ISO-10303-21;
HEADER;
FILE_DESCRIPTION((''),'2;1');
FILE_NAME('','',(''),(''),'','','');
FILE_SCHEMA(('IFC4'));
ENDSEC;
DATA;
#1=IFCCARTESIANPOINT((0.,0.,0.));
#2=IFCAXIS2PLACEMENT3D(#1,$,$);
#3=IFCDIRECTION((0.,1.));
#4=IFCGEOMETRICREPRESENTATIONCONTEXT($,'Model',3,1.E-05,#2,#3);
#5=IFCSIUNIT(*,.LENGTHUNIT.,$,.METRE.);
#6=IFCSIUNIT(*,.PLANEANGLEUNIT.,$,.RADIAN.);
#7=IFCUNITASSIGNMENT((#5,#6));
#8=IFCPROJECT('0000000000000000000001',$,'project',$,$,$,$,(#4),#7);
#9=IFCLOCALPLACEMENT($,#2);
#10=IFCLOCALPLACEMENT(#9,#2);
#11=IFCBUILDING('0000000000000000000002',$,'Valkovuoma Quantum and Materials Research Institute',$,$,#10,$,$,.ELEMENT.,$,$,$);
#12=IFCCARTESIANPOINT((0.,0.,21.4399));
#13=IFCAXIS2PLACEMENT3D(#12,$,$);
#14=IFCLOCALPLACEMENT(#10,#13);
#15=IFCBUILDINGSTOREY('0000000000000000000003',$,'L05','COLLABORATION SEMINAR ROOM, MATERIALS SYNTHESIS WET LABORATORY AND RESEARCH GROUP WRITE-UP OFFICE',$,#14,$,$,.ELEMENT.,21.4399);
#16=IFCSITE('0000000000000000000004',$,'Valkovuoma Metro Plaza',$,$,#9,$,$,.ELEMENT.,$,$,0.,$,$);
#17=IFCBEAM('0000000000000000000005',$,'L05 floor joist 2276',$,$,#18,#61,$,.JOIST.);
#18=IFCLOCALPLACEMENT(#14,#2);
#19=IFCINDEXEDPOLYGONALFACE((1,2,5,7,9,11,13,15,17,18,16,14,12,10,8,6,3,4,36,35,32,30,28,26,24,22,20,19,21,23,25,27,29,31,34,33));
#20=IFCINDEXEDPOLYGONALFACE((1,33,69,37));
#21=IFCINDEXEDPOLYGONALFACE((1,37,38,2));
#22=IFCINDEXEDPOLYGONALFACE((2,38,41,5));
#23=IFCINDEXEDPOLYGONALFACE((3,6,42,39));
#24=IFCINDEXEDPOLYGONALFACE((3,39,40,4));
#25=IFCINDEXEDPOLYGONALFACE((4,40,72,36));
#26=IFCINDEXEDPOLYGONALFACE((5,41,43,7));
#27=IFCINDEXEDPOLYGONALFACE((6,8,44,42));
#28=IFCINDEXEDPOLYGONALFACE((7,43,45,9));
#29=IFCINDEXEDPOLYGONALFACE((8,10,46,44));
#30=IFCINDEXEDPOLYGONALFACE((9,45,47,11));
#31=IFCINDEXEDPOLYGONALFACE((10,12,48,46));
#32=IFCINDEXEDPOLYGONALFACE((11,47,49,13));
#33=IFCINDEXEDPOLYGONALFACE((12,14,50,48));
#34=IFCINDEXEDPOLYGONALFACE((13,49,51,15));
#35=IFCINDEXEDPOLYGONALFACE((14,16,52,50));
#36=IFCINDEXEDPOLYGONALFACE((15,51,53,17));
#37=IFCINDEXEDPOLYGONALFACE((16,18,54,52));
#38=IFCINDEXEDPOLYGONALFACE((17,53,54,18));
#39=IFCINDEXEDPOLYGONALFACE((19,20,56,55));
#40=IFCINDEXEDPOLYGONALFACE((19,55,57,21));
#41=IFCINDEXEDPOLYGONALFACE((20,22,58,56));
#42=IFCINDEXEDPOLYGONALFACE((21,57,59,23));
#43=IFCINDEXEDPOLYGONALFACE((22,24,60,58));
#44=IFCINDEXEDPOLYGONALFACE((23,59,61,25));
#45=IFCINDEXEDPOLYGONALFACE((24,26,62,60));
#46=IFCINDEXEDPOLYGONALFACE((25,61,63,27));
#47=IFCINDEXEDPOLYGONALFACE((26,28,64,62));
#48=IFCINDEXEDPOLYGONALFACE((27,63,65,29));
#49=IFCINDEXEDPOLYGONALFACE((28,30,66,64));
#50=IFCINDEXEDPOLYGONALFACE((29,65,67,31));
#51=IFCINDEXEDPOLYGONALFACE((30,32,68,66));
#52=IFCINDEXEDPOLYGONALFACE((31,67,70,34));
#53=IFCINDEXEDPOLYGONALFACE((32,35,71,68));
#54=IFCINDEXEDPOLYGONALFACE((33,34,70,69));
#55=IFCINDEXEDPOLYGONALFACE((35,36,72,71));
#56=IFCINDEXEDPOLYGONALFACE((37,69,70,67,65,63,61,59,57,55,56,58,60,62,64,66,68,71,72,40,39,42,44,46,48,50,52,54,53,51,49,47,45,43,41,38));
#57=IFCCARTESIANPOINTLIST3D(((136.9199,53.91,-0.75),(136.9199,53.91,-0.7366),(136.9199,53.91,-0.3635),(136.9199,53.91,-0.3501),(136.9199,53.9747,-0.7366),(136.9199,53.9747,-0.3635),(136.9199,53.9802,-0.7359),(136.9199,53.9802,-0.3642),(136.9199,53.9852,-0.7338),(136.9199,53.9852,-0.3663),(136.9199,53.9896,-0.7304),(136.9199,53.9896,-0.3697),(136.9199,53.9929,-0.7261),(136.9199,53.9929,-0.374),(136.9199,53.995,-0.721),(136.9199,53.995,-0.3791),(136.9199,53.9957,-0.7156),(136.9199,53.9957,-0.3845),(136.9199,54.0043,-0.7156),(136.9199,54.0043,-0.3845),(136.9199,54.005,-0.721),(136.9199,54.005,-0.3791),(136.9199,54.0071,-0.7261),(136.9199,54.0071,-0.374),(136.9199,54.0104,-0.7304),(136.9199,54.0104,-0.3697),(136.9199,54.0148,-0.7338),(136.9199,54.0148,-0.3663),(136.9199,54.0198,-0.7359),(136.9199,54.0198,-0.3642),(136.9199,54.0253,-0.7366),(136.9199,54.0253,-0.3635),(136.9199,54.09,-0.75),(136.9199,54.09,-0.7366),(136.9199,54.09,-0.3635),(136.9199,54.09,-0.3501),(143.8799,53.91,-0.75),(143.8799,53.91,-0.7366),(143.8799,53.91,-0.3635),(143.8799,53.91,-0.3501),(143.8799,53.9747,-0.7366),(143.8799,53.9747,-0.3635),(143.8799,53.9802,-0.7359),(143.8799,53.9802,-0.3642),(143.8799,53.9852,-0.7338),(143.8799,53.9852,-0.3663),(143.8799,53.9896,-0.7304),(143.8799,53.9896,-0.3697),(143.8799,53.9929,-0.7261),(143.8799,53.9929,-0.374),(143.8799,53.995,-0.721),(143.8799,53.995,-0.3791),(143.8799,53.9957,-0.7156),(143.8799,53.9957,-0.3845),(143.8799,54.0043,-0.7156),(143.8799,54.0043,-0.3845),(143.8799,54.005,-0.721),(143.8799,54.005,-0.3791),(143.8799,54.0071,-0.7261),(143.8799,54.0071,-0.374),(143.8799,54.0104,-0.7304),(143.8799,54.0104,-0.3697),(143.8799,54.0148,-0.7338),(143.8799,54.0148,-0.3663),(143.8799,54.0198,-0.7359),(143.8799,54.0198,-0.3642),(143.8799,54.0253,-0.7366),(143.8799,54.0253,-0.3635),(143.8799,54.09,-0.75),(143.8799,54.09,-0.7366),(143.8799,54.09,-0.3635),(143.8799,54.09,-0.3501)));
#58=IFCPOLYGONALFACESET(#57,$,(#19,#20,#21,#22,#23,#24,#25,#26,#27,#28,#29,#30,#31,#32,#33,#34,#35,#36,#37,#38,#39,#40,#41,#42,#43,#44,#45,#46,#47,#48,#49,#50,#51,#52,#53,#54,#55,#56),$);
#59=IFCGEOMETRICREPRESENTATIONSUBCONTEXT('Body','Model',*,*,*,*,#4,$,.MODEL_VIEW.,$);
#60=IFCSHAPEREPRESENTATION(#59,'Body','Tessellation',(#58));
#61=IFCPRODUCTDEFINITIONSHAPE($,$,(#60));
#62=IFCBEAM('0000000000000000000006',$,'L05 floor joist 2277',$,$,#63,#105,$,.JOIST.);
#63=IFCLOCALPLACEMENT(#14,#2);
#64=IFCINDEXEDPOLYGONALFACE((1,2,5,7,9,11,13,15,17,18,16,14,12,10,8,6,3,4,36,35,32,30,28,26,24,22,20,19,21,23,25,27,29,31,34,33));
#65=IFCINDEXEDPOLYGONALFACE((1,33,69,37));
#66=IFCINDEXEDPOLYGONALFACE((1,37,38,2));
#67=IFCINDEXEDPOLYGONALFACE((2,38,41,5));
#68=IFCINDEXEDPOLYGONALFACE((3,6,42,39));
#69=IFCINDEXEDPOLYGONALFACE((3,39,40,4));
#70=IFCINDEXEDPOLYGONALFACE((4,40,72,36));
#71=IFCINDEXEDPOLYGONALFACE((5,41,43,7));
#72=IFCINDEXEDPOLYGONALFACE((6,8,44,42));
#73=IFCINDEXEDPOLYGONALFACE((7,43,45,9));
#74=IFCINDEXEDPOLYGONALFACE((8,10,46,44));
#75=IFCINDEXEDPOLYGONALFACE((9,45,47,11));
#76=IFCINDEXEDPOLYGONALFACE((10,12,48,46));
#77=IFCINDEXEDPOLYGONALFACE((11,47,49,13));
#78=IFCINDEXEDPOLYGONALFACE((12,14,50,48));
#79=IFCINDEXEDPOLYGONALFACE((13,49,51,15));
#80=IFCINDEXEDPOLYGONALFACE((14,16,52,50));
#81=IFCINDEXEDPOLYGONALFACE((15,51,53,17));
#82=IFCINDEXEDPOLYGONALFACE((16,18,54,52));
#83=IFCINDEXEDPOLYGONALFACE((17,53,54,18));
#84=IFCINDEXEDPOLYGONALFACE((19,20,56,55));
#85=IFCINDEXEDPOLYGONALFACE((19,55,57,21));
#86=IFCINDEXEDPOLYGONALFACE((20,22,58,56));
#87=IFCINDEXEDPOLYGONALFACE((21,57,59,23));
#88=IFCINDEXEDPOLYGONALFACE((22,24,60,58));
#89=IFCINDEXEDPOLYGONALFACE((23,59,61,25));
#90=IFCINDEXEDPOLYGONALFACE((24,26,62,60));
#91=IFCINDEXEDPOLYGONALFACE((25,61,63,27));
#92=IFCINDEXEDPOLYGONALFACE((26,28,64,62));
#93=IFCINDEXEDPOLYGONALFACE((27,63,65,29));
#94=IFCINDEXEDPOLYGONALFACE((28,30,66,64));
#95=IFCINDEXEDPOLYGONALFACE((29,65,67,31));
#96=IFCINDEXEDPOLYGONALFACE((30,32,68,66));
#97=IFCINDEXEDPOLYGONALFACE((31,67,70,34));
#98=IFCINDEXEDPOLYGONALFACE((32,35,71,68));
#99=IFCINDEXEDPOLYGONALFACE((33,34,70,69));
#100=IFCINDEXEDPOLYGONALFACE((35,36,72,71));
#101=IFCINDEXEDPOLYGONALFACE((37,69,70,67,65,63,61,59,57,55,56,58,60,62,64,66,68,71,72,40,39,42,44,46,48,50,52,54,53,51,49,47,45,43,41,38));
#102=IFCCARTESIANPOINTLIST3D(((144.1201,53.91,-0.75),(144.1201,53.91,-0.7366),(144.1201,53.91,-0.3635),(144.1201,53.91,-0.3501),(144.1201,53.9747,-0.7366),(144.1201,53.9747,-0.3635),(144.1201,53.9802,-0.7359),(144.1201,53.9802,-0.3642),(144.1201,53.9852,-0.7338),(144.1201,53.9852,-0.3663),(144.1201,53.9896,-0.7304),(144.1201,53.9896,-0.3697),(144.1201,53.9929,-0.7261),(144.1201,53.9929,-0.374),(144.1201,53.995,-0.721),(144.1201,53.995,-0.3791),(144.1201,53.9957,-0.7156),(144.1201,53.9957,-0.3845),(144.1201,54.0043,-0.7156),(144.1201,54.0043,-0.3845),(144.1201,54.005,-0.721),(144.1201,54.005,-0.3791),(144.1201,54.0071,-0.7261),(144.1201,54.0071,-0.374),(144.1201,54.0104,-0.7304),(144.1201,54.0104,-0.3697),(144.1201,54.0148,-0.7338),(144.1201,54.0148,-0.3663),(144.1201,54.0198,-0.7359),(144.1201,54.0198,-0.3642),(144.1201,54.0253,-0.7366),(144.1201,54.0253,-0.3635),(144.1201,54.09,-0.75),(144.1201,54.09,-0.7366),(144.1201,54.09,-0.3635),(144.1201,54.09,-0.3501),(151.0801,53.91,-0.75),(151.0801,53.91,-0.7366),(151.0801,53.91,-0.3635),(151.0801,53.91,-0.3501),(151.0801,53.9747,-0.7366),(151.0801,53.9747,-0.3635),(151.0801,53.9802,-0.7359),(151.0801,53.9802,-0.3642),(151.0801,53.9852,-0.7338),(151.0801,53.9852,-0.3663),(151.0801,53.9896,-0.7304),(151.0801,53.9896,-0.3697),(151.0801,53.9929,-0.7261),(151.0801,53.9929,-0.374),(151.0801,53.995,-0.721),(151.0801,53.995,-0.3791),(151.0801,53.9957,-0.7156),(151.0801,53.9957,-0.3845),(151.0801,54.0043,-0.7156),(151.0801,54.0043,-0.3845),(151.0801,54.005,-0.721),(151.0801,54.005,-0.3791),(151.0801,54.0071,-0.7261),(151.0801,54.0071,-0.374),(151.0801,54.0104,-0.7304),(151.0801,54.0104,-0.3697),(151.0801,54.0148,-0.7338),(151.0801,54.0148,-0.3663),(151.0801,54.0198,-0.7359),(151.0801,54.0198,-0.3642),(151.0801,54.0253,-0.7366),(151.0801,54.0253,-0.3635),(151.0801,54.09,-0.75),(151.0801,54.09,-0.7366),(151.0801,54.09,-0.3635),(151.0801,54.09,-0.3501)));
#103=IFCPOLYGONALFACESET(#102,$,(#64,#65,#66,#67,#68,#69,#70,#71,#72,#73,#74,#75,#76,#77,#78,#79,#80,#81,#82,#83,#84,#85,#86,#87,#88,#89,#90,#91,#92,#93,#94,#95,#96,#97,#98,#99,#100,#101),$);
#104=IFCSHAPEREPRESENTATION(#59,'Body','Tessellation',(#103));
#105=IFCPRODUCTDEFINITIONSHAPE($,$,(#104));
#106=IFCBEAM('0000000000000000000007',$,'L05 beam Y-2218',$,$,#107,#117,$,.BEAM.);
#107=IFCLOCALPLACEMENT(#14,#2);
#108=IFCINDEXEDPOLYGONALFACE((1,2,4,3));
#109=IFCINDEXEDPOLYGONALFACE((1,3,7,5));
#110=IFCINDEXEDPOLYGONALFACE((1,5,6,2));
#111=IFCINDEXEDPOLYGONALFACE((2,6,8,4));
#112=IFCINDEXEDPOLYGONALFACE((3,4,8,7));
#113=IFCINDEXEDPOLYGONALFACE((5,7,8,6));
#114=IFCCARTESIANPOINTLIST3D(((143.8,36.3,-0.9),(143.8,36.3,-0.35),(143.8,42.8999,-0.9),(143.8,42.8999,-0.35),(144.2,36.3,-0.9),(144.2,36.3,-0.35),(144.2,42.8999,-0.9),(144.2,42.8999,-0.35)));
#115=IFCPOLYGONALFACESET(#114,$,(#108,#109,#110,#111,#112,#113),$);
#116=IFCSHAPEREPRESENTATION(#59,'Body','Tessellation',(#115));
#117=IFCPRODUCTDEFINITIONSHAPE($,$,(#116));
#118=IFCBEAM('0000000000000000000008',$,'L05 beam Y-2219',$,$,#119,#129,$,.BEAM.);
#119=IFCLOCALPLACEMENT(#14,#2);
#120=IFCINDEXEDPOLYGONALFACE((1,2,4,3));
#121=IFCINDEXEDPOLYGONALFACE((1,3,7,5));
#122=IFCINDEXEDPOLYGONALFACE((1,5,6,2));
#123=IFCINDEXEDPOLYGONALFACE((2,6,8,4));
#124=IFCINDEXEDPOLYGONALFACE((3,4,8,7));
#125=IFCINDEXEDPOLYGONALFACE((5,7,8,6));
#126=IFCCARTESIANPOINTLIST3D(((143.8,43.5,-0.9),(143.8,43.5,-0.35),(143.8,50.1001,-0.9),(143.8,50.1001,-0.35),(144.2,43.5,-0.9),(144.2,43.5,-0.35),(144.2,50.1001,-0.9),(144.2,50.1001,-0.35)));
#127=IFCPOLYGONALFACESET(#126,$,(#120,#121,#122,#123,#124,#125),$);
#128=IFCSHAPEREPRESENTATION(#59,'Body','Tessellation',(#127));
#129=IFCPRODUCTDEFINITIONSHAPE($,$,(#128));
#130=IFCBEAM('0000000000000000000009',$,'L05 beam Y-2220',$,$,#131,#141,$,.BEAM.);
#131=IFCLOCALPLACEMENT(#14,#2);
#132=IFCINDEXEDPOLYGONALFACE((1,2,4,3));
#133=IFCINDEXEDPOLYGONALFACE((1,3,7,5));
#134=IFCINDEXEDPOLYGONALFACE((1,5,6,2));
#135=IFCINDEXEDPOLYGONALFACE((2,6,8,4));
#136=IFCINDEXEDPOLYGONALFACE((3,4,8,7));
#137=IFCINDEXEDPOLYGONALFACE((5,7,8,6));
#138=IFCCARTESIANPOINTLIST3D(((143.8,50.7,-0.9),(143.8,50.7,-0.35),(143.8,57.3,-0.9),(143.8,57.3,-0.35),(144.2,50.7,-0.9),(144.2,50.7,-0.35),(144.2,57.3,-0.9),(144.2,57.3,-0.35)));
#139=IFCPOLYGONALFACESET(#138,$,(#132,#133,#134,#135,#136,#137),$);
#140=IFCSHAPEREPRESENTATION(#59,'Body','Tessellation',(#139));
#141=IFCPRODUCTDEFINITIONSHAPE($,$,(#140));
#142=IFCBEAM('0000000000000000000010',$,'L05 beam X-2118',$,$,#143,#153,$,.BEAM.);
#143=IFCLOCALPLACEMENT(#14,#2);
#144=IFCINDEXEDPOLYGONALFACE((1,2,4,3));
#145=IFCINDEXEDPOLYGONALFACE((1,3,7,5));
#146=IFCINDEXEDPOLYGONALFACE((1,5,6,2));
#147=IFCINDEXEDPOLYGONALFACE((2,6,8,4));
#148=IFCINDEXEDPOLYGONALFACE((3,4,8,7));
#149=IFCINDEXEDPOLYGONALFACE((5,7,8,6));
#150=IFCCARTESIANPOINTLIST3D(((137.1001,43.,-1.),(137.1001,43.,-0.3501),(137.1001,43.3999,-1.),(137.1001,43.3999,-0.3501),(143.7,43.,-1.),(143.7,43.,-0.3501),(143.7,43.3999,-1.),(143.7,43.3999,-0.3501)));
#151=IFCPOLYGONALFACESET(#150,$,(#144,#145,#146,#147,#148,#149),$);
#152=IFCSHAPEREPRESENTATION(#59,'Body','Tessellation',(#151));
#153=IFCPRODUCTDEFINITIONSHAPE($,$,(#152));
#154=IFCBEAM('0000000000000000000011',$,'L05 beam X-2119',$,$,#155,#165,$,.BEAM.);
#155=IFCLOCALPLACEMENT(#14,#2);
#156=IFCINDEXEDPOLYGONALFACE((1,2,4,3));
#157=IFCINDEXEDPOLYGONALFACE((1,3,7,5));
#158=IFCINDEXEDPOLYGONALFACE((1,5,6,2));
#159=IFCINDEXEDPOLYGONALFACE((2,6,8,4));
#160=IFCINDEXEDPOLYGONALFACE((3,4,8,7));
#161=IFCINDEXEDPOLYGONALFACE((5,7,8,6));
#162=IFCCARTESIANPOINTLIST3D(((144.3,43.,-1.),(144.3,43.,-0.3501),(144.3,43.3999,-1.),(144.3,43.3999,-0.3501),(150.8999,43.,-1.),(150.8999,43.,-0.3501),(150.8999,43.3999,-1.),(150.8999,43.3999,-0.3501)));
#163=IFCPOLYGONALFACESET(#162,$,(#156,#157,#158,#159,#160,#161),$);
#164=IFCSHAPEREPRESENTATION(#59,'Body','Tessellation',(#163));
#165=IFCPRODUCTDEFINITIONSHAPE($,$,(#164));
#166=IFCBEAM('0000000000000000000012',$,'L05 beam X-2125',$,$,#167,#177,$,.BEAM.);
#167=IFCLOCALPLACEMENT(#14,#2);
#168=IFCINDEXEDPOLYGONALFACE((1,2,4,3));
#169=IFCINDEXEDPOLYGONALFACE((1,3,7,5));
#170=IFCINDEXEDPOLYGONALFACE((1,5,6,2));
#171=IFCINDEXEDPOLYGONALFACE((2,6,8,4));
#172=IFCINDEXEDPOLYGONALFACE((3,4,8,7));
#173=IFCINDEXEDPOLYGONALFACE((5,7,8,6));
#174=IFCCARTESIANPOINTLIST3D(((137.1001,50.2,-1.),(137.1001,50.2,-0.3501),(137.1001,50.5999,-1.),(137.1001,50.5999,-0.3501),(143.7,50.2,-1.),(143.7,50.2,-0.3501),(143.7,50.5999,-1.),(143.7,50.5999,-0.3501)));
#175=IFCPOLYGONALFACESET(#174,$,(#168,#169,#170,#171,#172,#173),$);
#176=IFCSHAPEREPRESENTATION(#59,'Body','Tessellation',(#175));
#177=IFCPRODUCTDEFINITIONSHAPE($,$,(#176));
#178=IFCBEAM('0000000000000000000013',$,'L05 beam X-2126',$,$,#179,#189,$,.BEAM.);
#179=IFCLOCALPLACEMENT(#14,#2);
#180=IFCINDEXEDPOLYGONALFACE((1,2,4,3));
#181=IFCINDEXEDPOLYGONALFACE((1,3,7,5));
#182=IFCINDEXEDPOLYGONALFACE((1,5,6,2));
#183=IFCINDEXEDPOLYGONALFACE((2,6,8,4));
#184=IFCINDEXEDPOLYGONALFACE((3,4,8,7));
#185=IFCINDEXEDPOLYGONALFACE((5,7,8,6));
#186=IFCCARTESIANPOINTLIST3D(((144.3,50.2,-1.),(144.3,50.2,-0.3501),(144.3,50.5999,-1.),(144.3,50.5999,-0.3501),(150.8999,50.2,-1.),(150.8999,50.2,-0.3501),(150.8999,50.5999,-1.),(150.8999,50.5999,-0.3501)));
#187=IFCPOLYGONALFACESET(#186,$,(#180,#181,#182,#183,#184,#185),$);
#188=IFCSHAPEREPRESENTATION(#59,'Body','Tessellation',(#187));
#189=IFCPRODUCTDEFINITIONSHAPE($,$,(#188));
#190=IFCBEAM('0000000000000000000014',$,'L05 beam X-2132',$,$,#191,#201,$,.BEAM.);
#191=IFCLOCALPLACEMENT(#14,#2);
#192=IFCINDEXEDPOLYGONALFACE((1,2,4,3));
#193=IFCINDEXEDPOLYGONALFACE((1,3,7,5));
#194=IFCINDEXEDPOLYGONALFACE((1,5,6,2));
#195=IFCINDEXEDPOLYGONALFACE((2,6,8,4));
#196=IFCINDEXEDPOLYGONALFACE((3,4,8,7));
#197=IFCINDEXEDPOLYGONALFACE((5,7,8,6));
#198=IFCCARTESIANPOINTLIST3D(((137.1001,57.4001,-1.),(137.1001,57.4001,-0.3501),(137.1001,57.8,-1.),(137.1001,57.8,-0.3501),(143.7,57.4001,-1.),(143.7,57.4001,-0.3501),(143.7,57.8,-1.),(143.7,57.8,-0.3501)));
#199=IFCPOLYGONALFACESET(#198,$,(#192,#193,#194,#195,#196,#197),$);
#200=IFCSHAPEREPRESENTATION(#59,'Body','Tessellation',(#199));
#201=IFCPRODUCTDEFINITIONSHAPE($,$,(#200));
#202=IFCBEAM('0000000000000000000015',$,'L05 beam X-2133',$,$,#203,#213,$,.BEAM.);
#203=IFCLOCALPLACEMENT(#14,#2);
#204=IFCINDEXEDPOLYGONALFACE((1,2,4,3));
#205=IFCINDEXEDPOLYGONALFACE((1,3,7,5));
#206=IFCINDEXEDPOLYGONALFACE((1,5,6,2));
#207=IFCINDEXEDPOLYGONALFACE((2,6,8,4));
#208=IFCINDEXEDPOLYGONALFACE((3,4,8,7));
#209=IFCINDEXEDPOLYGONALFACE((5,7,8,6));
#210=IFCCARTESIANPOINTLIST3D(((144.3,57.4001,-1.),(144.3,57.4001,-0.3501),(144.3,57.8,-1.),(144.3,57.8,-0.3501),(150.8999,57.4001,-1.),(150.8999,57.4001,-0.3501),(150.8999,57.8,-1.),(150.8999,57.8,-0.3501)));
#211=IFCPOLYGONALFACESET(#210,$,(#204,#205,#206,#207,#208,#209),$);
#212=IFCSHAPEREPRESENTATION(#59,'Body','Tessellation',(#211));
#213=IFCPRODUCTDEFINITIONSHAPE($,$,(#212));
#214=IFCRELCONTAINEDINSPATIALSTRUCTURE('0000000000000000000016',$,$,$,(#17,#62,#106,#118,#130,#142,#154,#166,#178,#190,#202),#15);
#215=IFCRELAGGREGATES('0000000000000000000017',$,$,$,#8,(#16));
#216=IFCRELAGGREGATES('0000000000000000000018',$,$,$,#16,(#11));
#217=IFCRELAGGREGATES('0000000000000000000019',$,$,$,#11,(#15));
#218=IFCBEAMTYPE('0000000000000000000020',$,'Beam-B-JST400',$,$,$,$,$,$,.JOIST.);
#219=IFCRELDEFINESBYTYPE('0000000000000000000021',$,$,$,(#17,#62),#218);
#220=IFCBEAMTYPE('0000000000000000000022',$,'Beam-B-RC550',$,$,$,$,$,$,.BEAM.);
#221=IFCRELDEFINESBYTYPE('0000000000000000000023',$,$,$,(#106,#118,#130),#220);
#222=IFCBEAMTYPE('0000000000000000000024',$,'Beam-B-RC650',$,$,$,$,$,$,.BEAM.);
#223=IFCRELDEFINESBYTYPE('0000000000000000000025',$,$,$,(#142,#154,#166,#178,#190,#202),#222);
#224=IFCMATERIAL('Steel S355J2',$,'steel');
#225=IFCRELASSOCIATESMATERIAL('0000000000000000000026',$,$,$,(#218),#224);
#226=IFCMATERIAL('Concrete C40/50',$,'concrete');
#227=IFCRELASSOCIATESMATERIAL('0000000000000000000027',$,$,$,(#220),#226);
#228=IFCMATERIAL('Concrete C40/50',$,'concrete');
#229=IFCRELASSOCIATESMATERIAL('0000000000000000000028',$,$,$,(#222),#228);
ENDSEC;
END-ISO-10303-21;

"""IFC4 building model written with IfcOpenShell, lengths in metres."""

from ifc_helpers import new_model, si_unit, direction, frame, origin, origin_2d, place, context, subcontext, project, spatial, rectangle, i_section, extrude, material, material_profile, profile_set, type_object, element, save


model = new_model("IFC4")

# Units and contexts
model_context = context("Model", 3, precision=1e-05, world=origin(), true_north=direction((0.0, 1.0)))
body_context = subcontext(model_context, "Body", "Model", "MODEL_VIEW")
ifc_project = project(units=[si_unit("LENGTHUNIT", "METRE"), si_unit("PLANEANGLEUNIT", "RADIAN")], contexts=[model_context])

# Site, building, storey
site_placement = place(None, origin())
site = spatial("IfcSite", under=ifc_project, at=site_placement, Name="Valkovuoma Metro Plaza", CompositionType="ELEMENT", RefElevation=0.0)
building_placement = place(site_placement, origin())
building = spatial("IfcBuilding", under=site, at=building_placement, Name="Valkovuoma Quantum and Materials Research Institute", CompositionType="ELEMENT")
storey_placement = place(building_placement, frame((0.0, 0.0, 21.4399)))
storey = spatial("IfcBuildingStorey", under=building, at=storey_placement, Name="L05", Description="COLLABORATION SEMINAR ROOM, MATERIALS SYNTHESIS WET LABORATORY AND RESEARCH GROUP WRITE-UP OFFICE", CompositionType="ELEMENT", Elevation=21.4399)

# Beams
ifc_material_1 = material(Name="Steel S355J2", Category="steel")
ifc_material_profile_1 = material_profile(ifc_material_1, i_section(OverallWidth=0.1799, OverallDepth=0.3999, WebThickness=0.0085, FlangeThickness=0.0134, FilletRadius=0.021, at=origin_2d()), Name="Steel S355J2")
ifc_profile_set_1 = profile_set([ifc_material_profile_1], Name="Steel S355J2")
beam_type_1 = type_object("IfcBeamType", Name="Beam-B-JST400", PredefinedType="JOIST", material=ifc_profile_set_1)
for number, where, z_axis, x_axis, name in (
    (1, (136.9199, 54.0, -0.55), (1.0, 0.0, 0.0), (0.0, 1.0, 0.0), "L05 floor joist 2276"),
    (2, (144.1201, 54.0, -0.55), (1.0, 0.0, 0.0), (0.0, 1.0, 0.0), "L05 floor joist 2277"),
):
    element("IfcBeam", number, at=place(storey_placement, frame(where, z_axis=z_axis, x_axis=x_axis)), inside=storey, type_object=beam_type_1, Name=name, PredefinedType="JOIST", context=body_context, shape_type="SweptSolid", body=[
        extrude(i_section(OverallWidth=0.1799, OverallDepth=0.3999, WebThickness=0.0085, FlangeThickness=0.0134, FilletRadius=0.021, at=origin_2d()), origin(), (0.0, 0.0, 1.0), 6.96),
    ])
ifc_material_2 = material(Name="Concrete C40/50", Category="concrete")
ifc_material_profile_2 = material_profile(ifc_material_2, rectangle(XDim=0.3999, YDim=0.55, at=origin_2d()), Name="Concrete C40/50")
ifc_profile_set_2 = profile_set([ifc_material_profile_2], Name="Concrete C40/50")
beam_type_2 = type_object("IfcBeamType", Name="Beam-B-RC550", PredefinedType="BEAM", material=ifc_profile_set_2)
beam_placement = place(storey_placement, frame((144.0, 36.3, -0.625), z_axis=(0.0, 1.0, 0.0), x_axis=(-1.0, 0.0, 0.0)))
element("IfcBeam", 3, at=beam_placement, inside=storey, type_object=beam_type_2, Name="L05 beam Y-2218", PredefinedType="BEAM", context=body_context, shape_type="SweptSolid", body=[
    extrude(rectangle(XDim=0.3999, YDim=0.55, at=origin_2d()), origin(), (0.0, 0.0, 1.0), 6.5999),
])
for number, where, z_axis, x_axis, name in (
    (4, (144.0, 43.5, -0.625), (0.0, 1.0, 0.0), (-1.0, 0.0, 0.0), "L05 beam Y-2219"),
    (5, (144.0, 50.7, -0.625), (0.0, 1.0, 0.0), (-1.0, 0.0, 0.0), "L05 beam Y-2220"),
):
    element("IfcBeam", number, at=place(storey_placement, frame(where, z_axis=z_axis, x_axis=x_axis)), inside=storey, type_object=beam_type_2, Name=name, PredefinedType="BEAM", context=body_context, shape_type="SweptSolid", body=[
        extrude(rectangle(XDim=0.3999, YDim=0.55, at=origin_2d()), origin(), (0.0, 0.0, 1.0), 6.6001),
    ])
ifc_material_3 = material(Name="Concrete C40/50", Category="concrete")
ifc_material_profile_3 = material_profile(ifc_material_3, rectangle(XDim=0.3999, YDim=0.6499, at=origin_2d()), Name="Concrete C40/50")
ifc_profile_set_3 = profile_set([ifc_material_profile_3], Name="Concrete C40/50")
beam_type_3 = type_object("IfcBeamType", Name="Beam-B-RC650", PredefinedType="BEAM", material=ifc_profile_set_3)
for number, where, z_axis, x_axis, name in (
    (6, (137.1001, 43.2, -0.675), (1.0, 0.0, 0.0), (0.0, 1.0, 0.0), "L05 beam X-2118"),
    (7, (144.3, 43.2, -0.675), (1.0, 0.0, 0.0), (0.0, 1.0, 0.0), "L05 beam X-2119"),
    (8, (137.1001, 50.3999, -0.675), (1.0, 0.0, 0.0), (0.0, 1.0, 0.0), "L05 beam X-2125"),
    (9, (144.3, 50.3999, -0.675), (1.0, 0.0, 0.0), (0.0, 1.0, 0.0), "L05 beam X-2126"),
    (10, (137.1001, 57.6001, -0.675), (1.0, 0.0, 0.0), (0.0, 1.0, 0.0), "L05 beam X-2132"),
    (11, (144.3, 57.6001, -0.675), (1.0, 0.0, 0.0), (0.0, 1.0, 0.0), "L05 beam X-2133"),
):
    element("IfcBeam", number, at=place(storey_placement, frame(where, z_axis=z_axis, x_axis=x_axis)), inside=storey, type_object=beam_type_3, Name=name, PredefinedType="BEAM", context=body_context, shape_type="SweptSolid", body=[
        extrude(rectangle(XDim=0.3999, YDim=0.6499, at=origin_2d()), origin(), (0.0, 0.0, 1.0), 6.5999),
    ])

save(model, "model.ifc")
